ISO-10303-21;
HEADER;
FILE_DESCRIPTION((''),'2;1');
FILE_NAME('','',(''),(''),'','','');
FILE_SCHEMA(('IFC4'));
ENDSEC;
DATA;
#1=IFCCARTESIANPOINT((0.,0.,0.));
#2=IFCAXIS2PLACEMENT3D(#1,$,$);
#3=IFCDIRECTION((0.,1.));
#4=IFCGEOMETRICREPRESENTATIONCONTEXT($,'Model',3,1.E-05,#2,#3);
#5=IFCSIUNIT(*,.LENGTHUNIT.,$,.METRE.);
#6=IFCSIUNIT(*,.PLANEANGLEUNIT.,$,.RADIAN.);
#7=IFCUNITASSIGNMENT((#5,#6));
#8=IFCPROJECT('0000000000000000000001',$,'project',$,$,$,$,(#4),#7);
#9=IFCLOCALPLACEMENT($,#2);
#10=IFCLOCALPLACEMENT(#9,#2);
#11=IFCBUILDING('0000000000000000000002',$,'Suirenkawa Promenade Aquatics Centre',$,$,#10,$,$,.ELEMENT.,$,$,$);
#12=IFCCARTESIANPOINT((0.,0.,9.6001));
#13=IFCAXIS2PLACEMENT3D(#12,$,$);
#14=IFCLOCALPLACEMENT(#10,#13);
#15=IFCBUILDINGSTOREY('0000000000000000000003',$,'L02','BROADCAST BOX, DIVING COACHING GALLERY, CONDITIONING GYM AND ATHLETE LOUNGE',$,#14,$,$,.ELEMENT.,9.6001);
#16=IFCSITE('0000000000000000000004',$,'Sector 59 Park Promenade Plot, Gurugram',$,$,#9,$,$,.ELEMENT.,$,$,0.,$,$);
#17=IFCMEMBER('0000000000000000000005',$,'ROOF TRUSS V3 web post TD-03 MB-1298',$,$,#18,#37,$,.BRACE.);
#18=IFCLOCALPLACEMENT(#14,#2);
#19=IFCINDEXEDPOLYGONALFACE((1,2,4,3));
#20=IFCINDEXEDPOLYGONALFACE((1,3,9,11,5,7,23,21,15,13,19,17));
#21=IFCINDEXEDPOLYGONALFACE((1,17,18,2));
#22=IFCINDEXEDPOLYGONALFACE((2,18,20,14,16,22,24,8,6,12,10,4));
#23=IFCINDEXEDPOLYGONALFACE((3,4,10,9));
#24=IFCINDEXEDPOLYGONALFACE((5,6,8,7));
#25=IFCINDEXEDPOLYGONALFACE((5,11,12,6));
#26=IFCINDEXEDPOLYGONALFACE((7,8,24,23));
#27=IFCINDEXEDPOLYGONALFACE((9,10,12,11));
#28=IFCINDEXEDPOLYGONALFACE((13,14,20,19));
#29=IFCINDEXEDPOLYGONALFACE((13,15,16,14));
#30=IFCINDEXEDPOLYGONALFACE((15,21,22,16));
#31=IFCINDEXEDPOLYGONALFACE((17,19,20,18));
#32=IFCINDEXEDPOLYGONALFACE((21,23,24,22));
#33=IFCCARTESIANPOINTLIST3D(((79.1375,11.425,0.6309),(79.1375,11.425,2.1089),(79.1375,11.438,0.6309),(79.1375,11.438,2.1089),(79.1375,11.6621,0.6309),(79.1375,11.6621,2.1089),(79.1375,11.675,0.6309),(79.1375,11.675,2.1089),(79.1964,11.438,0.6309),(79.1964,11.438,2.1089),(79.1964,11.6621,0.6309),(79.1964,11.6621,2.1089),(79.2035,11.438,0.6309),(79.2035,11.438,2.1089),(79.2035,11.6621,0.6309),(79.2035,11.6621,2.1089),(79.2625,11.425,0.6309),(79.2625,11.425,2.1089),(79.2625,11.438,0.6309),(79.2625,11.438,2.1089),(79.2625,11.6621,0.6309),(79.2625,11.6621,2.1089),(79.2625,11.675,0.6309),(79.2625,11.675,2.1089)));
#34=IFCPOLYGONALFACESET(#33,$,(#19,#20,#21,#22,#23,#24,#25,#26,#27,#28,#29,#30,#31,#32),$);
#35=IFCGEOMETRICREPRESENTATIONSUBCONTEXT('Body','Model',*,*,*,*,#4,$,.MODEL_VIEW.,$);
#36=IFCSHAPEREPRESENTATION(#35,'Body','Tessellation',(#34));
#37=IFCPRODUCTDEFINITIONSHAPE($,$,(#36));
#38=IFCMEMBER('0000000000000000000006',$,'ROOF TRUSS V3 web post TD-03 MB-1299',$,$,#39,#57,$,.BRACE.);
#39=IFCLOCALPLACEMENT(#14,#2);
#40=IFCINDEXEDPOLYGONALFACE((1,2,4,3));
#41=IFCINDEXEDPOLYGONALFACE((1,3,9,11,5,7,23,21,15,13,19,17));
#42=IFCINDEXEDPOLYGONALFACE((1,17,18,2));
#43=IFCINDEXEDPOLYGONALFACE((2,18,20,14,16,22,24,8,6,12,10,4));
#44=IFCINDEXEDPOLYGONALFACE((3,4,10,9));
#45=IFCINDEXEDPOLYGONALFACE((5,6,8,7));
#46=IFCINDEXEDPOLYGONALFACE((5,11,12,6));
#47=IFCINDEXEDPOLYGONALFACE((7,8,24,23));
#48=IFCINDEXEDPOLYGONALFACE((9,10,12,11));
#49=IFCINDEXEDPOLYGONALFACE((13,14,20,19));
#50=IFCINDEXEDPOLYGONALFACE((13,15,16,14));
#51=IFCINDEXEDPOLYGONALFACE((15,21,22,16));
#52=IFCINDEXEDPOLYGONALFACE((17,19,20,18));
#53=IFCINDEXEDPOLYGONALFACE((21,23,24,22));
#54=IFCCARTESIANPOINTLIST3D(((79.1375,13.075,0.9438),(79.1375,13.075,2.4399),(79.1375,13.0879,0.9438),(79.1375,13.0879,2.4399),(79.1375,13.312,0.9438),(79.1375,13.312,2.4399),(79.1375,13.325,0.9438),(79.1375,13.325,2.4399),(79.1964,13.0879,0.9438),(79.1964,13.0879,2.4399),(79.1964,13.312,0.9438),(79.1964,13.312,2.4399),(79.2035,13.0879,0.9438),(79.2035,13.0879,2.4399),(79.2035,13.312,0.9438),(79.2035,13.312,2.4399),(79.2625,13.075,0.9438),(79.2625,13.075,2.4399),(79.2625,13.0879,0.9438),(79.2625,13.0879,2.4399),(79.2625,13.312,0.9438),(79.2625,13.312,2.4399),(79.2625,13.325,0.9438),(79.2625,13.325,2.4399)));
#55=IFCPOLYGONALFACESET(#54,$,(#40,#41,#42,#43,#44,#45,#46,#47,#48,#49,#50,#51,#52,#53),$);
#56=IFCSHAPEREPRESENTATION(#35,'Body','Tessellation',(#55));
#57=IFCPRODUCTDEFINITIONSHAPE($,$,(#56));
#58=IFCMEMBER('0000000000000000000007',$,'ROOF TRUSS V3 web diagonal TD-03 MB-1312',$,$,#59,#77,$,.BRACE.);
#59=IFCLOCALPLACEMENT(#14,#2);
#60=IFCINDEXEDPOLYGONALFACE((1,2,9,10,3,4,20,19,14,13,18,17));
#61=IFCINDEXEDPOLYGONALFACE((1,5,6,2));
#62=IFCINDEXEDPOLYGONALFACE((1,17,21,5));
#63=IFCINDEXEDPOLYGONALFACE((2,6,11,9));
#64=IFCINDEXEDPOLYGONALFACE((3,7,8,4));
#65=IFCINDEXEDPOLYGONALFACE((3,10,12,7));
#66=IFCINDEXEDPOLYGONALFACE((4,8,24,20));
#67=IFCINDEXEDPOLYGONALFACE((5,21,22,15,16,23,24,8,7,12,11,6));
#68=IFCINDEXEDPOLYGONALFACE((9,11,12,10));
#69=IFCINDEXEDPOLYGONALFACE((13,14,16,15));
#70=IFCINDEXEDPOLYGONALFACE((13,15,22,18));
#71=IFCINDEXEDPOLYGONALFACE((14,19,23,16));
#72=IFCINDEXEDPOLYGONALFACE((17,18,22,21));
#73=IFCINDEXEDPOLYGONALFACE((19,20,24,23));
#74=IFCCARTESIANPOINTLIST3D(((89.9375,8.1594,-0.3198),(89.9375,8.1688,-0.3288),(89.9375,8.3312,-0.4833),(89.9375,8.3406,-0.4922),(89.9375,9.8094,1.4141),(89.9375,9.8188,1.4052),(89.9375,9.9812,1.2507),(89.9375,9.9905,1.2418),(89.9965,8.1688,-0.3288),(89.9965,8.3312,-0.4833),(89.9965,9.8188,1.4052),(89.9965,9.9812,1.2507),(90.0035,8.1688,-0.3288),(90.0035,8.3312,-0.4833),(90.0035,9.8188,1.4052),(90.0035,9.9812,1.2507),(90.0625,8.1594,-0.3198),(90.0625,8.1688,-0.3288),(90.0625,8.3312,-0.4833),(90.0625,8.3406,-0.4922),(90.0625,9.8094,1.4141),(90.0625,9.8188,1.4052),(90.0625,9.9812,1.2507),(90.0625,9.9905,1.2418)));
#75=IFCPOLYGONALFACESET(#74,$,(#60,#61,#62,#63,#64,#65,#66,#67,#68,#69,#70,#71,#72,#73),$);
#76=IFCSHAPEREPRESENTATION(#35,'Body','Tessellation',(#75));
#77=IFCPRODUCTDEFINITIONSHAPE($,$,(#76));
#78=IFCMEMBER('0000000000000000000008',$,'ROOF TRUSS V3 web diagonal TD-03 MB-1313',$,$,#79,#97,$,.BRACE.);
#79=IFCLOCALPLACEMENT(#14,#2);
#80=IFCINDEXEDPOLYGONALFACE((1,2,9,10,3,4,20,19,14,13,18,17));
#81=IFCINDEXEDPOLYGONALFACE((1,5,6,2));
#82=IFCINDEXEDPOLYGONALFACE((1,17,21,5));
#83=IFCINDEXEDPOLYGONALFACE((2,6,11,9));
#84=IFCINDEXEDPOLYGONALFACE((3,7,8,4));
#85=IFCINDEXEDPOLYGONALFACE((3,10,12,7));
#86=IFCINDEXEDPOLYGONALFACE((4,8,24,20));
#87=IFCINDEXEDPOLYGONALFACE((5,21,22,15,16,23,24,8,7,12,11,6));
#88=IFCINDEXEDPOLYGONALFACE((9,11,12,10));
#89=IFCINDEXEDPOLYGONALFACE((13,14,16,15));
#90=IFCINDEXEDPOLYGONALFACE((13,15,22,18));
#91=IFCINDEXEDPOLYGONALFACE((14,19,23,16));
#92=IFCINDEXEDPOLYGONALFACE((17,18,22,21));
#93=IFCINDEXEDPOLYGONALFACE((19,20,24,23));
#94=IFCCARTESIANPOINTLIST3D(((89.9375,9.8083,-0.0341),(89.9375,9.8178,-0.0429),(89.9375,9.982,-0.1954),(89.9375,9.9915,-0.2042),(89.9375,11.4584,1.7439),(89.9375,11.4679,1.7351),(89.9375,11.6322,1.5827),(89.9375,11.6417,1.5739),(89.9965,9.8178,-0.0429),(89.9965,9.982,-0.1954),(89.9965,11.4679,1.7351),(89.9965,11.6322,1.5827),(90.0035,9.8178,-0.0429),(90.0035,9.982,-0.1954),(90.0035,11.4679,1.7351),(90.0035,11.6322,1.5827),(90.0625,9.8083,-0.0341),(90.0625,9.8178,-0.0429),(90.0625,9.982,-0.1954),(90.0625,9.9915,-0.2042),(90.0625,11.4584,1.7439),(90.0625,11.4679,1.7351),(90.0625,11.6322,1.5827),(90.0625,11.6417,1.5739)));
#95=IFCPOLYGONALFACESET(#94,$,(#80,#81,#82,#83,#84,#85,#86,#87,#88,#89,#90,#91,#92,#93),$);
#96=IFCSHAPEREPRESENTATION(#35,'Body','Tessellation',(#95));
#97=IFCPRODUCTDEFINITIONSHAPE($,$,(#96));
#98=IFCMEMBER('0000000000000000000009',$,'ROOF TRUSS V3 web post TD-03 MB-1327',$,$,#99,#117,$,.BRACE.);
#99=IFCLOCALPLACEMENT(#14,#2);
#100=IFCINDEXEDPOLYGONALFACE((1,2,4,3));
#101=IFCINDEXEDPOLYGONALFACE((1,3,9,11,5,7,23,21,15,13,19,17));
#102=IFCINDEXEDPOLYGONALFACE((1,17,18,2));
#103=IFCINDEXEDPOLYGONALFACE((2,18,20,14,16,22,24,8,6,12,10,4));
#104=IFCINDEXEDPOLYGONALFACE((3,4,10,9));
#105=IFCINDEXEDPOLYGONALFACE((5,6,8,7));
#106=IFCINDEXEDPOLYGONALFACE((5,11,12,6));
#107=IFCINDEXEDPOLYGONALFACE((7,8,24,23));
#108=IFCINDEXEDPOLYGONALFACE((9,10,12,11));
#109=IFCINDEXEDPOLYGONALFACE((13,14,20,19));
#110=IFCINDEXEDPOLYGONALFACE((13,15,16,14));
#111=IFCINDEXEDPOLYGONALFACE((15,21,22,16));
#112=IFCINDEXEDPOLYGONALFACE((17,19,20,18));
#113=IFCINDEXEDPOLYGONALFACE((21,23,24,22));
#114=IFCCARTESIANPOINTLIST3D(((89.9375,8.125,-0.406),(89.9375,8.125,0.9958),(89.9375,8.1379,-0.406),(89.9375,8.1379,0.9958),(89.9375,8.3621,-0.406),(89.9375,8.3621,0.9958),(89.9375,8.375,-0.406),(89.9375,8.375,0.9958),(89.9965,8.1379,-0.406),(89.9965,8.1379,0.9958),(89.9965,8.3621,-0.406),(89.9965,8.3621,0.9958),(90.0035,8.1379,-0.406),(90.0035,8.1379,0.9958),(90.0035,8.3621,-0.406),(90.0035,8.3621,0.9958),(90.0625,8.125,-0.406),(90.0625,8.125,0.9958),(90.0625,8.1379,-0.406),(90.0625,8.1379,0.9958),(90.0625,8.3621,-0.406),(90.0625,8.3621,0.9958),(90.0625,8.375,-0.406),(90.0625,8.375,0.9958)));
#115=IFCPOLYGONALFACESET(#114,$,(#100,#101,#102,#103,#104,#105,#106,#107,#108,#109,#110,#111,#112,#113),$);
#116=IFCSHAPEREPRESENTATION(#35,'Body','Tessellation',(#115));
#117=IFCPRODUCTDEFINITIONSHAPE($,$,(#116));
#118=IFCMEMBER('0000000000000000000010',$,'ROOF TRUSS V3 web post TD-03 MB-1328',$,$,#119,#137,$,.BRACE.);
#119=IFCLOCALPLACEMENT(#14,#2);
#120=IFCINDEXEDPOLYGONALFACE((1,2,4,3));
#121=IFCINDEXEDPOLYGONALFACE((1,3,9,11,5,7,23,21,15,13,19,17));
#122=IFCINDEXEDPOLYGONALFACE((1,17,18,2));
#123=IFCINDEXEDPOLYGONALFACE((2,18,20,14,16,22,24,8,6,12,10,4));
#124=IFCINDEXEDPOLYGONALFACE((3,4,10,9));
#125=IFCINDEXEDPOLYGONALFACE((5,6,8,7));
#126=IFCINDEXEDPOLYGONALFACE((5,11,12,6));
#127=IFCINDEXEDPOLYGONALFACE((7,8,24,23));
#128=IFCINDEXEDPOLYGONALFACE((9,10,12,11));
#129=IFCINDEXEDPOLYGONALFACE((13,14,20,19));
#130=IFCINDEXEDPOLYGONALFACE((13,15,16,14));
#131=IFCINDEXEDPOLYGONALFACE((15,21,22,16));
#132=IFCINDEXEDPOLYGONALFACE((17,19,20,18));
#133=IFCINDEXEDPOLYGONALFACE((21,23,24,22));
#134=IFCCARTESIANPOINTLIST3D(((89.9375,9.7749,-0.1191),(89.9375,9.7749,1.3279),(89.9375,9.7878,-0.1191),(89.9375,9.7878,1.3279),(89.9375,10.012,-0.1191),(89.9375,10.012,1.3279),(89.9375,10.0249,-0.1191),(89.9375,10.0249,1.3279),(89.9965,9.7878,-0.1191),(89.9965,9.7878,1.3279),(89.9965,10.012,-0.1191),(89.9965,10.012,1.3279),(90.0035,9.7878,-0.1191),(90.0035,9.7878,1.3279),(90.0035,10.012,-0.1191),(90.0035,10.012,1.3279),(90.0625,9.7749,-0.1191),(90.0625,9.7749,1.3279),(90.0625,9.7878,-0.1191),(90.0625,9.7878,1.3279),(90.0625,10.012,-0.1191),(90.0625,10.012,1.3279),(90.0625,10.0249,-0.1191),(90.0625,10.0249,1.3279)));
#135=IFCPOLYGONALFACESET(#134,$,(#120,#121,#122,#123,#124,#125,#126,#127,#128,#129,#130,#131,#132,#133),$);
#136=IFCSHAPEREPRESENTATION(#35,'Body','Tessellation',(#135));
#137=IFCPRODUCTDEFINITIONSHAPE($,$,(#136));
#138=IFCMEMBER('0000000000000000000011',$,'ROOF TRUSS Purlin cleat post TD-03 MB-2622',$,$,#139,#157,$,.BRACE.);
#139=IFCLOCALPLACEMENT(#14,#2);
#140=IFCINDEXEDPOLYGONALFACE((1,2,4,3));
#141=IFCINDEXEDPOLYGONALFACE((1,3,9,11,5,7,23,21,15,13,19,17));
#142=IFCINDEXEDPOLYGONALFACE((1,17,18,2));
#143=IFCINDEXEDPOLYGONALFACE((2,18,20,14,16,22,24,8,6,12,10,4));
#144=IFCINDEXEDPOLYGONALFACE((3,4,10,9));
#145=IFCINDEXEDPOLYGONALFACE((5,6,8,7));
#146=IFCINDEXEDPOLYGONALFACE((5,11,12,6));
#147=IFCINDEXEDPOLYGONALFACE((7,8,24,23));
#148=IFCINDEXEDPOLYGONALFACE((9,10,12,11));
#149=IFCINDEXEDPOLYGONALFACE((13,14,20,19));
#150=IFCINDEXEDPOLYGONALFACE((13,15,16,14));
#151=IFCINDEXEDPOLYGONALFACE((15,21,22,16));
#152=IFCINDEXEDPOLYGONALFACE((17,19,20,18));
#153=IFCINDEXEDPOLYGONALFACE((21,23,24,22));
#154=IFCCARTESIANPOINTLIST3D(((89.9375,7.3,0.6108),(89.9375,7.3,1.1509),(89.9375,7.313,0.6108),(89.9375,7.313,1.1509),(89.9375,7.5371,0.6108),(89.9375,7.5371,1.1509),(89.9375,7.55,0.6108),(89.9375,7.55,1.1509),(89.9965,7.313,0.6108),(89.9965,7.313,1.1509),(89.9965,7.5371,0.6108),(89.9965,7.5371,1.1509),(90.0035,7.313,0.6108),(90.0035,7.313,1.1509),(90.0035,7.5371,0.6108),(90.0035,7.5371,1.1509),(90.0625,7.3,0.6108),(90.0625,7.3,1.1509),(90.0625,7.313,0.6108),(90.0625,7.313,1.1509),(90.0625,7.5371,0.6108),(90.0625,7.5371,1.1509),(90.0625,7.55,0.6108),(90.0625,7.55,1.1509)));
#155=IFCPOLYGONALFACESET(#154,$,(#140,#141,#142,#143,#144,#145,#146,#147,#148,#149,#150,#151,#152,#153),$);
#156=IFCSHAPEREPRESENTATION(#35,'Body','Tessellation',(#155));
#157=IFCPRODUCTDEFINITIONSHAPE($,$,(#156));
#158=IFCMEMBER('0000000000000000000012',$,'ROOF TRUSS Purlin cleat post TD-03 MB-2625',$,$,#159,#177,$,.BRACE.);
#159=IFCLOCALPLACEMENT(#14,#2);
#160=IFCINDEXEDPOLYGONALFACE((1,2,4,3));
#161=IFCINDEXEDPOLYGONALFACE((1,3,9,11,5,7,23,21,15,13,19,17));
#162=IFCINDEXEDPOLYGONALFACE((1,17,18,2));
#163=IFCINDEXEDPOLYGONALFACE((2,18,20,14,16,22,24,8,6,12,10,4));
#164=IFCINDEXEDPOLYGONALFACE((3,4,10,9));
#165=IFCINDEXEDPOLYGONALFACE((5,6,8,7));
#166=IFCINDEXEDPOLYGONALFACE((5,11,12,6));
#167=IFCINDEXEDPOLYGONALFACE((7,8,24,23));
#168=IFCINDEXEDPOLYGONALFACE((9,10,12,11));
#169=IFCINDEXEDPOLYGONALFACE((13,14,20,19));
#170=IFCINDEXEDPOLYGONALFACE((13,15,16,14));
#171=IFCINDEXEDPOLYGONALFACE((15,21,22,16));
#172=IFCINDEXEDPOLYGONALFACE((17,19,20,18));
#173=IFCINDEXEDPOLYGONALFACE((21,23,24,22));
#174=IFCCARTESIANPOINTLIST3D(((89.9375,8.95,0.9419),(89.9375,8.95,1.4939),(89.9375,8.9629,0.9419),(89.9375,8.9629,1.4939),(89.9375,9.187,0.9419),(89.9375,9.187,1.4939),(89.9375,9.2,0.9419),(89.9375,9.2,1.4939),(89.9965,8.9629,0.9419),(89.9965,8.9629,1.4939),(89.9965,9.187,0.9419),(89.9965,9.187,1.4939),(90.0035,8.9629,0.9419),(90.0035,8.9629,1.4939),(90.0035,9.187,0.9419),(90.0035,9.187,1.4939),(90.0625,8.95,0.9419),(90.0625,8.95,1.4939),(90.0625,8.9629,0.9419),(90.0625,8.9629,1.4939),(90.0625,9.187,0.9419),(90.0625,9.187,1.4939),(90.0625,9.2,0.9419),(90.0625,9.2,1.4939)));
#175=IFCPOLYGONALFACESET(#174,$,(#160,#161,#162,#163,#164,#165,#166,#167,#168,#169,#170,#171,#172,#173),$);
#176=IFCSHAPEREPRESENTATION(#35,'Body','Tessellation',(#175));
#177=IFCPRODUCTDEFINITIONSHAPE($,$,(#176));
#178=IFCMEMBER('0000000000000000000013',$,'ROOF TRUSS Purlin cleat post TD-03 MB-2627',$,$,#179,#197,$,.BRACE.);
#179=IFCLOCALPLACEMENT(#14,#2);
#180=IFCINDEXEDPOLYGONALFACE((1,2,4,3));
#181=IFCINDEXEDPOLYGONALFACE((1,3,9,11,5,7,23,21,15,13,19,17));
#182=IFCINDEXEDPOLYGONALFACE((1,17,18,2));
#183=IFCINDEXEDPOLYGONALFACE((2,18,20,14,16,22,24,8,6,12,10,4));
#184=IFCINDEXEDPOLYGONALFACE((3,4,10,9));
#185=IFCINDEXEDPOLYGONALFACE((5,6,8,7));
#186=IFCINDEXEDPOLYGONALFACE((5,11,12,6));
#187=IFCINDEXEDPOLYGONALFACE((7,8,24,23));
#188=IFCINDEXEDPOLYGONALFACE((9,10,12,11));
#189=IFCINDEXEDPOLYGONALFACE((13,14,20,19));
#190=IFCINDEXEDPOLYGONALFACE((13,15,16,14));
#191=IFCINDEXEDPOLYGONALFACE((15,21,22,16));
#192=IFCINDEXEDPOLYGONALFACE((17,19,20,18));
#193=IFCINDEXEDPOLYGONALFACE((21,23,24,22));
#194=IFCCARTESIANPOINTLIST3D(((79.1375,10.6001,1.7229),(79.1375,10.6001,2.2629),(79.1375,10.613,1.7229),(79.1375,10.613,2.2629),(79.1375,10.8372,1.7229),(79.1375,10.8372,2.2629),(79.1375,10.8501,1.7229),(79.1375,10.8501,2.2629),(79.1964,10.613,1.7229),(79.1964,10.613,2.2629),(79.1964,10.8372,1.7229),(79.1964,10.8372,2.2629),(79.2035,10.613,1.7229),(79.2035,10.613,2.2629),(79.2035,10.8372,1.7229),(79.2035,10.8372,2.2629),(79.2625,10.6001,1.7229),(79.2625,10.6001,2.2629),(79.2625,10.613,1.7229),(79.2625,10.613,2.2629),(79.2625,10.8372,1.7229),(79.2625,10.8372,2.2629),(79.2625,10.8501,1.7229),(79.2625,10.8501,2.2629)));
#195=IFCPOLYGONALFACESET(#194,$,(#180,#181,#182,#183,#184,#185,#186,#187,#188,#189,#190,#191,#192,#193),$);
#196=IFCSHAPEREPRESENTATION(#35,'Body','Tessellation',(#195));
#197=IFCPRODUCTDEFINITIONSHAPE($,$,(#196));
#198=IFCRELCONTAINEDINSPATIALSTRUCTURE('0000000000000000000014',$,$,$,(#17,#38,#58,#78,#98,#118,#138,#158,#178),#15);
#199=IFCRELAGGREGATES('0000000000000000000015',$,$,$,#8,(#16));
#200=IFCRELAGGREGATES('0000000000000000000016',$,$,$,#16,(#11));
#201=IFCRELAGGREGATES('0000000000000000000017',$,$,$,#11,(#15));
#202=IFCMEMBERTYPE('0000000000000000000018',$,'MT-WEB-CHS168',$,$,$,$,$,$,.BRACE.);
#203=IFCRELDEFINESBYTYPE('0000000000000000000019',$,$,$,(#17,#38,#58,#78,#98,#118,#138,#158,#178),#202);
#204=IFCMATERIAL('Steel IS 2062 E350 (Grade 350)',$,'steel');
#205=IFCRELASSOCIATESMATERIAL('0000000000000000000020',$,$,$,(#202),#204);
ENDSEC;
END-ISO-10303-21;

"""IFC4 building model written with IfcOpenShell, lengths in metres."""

from ifc_helpers import new_model, si_unit, direction, frame, origin, origin_2d, place, context, subcontext, project, spatial, i_section, extrude, material, material_profile, profile_set, type_object, element, save


model = new_model("IFC4")

# Units and contexts
model_context = context("Model", 3, precision=1e-05, world=origin(), true_north=direction((0.0, 1.0)))
body_context = subcontext(model_context, "Body", "Model", "MODEL_VIEW")
ifc_project = project(units=[si_unit("LENGTHUNIT", "METRE"), si_unit("PLANEANGLEUNIT", "RADIAN")], contexts=[model_context])

# Site, building, storey
site_placement = place(None, origin())
site = spatial("IfcSite", under=ifc_project, at=site_placement, Name="Sector 59 Park Promenade Plot, Gurugram", CompositionType="ELEMENT", RefElevation=0.0)
building_placement = place(site_placement, origin())
building = spatial("IfcBuilding", under=site, at=building_placement, Name="Suirenkawa Promenade Aquatics Centre", CompositionType="ELEMENT")
storey_placement = place(building_placement, frame((0.0, 0.0, 9.6001)))
storey = spatial("IfcBuildingStorey", under=building, at=storey_placement, Name="L02", Description="BROADCAST BOX, DIVING COACHING GALLERY, CONDITIONING GYM AND ATHLETE LOUNGE", CompositionType="ELEMENT", Elevation=9.6001)

# Shared definitions
ifc_material_1 = material(Name="Steel IS 2062 E350 (Grade 350)", Category="steel")

# Members
ifc_material_profile_1 = material_profile(ifc_material_1, i_section(OverallWidth=0.125, OverallDepth=0.25, WebThickness=0.0071, FlangeThickness=0.0129, at=origin_2d()), Name="ISMB 250", Category="steel")
ifc_profile_set_1 = profile_set([ifc_material_profile_1], Name="Steel IS 2062 E350 (Grade 350)")
member_type_1 = type_object("IfcMemberType", Name="MT-WEB-CHS168", PredefinedType="BRACE", material=ifc_profile_set_1)
member_1_placement = place(storey_placement, frame((79.2, 11.55, 0.6309), z_axis=(0.0, 0.0, 1.0), x_axis=(1.0, 0.0, 0.0)))
element("IfcMember", 1, at=member_1_placement, inside=storey, type_object=member_type_1, Name="ROOF TRUSS V3 web post TD-03 MB-1298", PredefinedType="BRACE", context=body_context, shape_type="SweptSolid", body=[
    extrude(i_section(OverallWidth=0.125, OverallDepth=0.25, WebThickness=0.0071, FlangeThickness=0.0129, at=origin_2d()), origin(), (0.0, 0.0, 1.0), 1.478),
])
member_2_placement = place(storey_placement, frame((79.2, 13.2, 0.9438), z_axis=(0.0, 0.0, 1.0), x_axis=(1.0, 0.0, 0.0)))
element("IfcMember", 2, at=member_2_placement, inside=storey, type_object=member_type_1, Name="ROOF TRUSS V3 web post TD-03 MB-1299", PredefinedType="BRACE", context=body_context, shape_type="SweptSolid", body=[
    extrude(i_section(OverallWidth=0.125, OverallDepth=0.25, WebThickness=0.0071, FlangeThickness=0.0129, at=origin_2d()), origin(), (0.0, 0.0, 1.0), 1.4961),
])
member_3_placement = place(storey_placement, frame((90.0, 8.25, -0.406), z_axis=(0.0, 0.689344, 0.724434), x_axis=(-1.0, 0.0, 0.0)))
element("IfcMember", 3, at=member_3_placement, inside=storey, type_object=member_type_1, Name="ROOF TRUSS V3 web diagonal TD-03 MB-1312", PredefinedType="BRACE", context=body_context, shape_type="SweptSolid", body=[
    extrude(i_section(OverallWidth=0.125, OverallDepth=0.25, WebThickness=0.0071, FlangeThickness=0.0129, at=origin_2d()), origin(), (0.0, 0.0, 1.0), 2.3936),
])
member_4_placement = place(storey_placement, frame((90.0, 9.8999, -0.1191), z_axis=(0.0, 0.680246, 0.732983), x_axis=(-1.0, 0.0, 0.0)))
element("IfcMember", 4, at=member_4_placement, inside=storey, type_object=member_type_1, Name="ROOF TRUSS V3 web diagonal TD-03 MB-1313", PredefinedType="BRACE", context=body_context, shape_type="SweptSolid", body=[
    extrude(i_section(OverallWidth=0.125, OverallDepth=0.25, WebThickness=0.0071, FlangeThickness=0.0129, at=origin_2d()), origin(), (0.0, 0.0, 1.0), 2.4258),
])
member_5_placement = place(storey_placement, frame((90.0, 8.25, -0.406), z_axis=(0.0, 0.0, 1.0), x_axis=(1.0, 0.0, 0.0)))
element("IfcMember", 5, at=member_5_placement, inside=storey, type_object=member_type_1, Name="ROOF TRUSS V3 web post TD-03 MB-1327", PredefinedType="BRACE", context=body_context, shape_type="SweptSolid", body=[
    extrude(i_section(OverallWidth=0.125, OverallDepth=0.25, WebThickness=0.0071, FlangeThickness=0.0129, at=origin_2d()), origin(), (0.0, 0.0, 1.0), 1.4019),
])
member_6_placement = place(storey_placement, frame((90.0, 9.8999, -0.1191), z_axis=(0.0, 0.0, 1.0), x_axis=(1.0, 0.0, 0.0)))
element("IfcMember", 6, at=member_6_placement, inside=storey, type_object=member_type_1, Name="ROOF TRUSS V3 web post TD-03 MB-1328", PredefinedType="BRACE", context=body_context, shape_type="SweptSolid", body=[
    extrude(i_section(OverallWidth=0.125, OverallDepth=0.25, WebThickness=0.0071, FlangeThickness=0.0129, at=origin_2d()), origin(), (0.0, 0.0, 1.0), 1.447),
])
member_7_placement = place(storey_placement, frame((90.0, 7.425, 0.6108), z_axis=(0.0, 0.0, 1.0), x_axis=(1.0, 0.0, 0.0)))
element("IfcMember", 7, at=member_7_placement, inside=storey, type_object=member_type_1, Name="ROOF TRUSS Purlin cleat post TD-03 MB-2622", PredefinedType="BRACE", context=body_context, shape_type="SweptSolid", body=[
    extrude(i_section(OverallWidth=0.125, OverallDepth=0.25, WebThickness=0.0071, FlangeThickness=0.0129, at=origin_2d()), origin(), (0.0, 0.0, 1.0), 0.54),
])
member_8_placement = place(storey_placement, frame((90.0, 9.075, 0.9419), z_axis=(0.0, 0.0, 1.0), x_axis=(1.0, 0.0, 0.0)))
element("IfcMember", 8, at=member_8_placement, inside=storey, type_object=member_type_1, Name="ROOF TRUSS Purlin cleat post TD-03 MB-2625", PredefinedType="BRACE", context=body_context, shape_type="SweptSolid", body=[
    extrude(i_section(OverallWidth=0.125, OverallDepth=0.25, WebThickness=0.0071, FlangeThickness=0.0129, at=origin_2d()), origin(), (0.0, 0.0, 1.0), 0.552),
])
for number, where, z_axis, x_axis, name in (
    (9, (79.2, 10.7251, 1.7229), (0.0, 0.0, 1.0), (1.0, 0.0, 0.0), "ROOF TRUSS Purlin cleat post TD-03 MB-2627"),
):
    element("IfcMember", number, at=place(storey_placement, frame(where, z_axis=z_axis, x_axis=x_axis)), inside=storey, type_object=member_type_1, Name=name, PredefinedType="BRACE", context=body_context, shape_type="SweptSolid", body=[
        extrude(i_section(OverallWidth=0.125, OverallDepth=0.25, WebThickness=0.0071, FlangeThickness=0.0129, at=origin_2d()), origin(), (0.0, 0.0, 1.0), 0.54),
    ])

save(model, "model.ifc")
